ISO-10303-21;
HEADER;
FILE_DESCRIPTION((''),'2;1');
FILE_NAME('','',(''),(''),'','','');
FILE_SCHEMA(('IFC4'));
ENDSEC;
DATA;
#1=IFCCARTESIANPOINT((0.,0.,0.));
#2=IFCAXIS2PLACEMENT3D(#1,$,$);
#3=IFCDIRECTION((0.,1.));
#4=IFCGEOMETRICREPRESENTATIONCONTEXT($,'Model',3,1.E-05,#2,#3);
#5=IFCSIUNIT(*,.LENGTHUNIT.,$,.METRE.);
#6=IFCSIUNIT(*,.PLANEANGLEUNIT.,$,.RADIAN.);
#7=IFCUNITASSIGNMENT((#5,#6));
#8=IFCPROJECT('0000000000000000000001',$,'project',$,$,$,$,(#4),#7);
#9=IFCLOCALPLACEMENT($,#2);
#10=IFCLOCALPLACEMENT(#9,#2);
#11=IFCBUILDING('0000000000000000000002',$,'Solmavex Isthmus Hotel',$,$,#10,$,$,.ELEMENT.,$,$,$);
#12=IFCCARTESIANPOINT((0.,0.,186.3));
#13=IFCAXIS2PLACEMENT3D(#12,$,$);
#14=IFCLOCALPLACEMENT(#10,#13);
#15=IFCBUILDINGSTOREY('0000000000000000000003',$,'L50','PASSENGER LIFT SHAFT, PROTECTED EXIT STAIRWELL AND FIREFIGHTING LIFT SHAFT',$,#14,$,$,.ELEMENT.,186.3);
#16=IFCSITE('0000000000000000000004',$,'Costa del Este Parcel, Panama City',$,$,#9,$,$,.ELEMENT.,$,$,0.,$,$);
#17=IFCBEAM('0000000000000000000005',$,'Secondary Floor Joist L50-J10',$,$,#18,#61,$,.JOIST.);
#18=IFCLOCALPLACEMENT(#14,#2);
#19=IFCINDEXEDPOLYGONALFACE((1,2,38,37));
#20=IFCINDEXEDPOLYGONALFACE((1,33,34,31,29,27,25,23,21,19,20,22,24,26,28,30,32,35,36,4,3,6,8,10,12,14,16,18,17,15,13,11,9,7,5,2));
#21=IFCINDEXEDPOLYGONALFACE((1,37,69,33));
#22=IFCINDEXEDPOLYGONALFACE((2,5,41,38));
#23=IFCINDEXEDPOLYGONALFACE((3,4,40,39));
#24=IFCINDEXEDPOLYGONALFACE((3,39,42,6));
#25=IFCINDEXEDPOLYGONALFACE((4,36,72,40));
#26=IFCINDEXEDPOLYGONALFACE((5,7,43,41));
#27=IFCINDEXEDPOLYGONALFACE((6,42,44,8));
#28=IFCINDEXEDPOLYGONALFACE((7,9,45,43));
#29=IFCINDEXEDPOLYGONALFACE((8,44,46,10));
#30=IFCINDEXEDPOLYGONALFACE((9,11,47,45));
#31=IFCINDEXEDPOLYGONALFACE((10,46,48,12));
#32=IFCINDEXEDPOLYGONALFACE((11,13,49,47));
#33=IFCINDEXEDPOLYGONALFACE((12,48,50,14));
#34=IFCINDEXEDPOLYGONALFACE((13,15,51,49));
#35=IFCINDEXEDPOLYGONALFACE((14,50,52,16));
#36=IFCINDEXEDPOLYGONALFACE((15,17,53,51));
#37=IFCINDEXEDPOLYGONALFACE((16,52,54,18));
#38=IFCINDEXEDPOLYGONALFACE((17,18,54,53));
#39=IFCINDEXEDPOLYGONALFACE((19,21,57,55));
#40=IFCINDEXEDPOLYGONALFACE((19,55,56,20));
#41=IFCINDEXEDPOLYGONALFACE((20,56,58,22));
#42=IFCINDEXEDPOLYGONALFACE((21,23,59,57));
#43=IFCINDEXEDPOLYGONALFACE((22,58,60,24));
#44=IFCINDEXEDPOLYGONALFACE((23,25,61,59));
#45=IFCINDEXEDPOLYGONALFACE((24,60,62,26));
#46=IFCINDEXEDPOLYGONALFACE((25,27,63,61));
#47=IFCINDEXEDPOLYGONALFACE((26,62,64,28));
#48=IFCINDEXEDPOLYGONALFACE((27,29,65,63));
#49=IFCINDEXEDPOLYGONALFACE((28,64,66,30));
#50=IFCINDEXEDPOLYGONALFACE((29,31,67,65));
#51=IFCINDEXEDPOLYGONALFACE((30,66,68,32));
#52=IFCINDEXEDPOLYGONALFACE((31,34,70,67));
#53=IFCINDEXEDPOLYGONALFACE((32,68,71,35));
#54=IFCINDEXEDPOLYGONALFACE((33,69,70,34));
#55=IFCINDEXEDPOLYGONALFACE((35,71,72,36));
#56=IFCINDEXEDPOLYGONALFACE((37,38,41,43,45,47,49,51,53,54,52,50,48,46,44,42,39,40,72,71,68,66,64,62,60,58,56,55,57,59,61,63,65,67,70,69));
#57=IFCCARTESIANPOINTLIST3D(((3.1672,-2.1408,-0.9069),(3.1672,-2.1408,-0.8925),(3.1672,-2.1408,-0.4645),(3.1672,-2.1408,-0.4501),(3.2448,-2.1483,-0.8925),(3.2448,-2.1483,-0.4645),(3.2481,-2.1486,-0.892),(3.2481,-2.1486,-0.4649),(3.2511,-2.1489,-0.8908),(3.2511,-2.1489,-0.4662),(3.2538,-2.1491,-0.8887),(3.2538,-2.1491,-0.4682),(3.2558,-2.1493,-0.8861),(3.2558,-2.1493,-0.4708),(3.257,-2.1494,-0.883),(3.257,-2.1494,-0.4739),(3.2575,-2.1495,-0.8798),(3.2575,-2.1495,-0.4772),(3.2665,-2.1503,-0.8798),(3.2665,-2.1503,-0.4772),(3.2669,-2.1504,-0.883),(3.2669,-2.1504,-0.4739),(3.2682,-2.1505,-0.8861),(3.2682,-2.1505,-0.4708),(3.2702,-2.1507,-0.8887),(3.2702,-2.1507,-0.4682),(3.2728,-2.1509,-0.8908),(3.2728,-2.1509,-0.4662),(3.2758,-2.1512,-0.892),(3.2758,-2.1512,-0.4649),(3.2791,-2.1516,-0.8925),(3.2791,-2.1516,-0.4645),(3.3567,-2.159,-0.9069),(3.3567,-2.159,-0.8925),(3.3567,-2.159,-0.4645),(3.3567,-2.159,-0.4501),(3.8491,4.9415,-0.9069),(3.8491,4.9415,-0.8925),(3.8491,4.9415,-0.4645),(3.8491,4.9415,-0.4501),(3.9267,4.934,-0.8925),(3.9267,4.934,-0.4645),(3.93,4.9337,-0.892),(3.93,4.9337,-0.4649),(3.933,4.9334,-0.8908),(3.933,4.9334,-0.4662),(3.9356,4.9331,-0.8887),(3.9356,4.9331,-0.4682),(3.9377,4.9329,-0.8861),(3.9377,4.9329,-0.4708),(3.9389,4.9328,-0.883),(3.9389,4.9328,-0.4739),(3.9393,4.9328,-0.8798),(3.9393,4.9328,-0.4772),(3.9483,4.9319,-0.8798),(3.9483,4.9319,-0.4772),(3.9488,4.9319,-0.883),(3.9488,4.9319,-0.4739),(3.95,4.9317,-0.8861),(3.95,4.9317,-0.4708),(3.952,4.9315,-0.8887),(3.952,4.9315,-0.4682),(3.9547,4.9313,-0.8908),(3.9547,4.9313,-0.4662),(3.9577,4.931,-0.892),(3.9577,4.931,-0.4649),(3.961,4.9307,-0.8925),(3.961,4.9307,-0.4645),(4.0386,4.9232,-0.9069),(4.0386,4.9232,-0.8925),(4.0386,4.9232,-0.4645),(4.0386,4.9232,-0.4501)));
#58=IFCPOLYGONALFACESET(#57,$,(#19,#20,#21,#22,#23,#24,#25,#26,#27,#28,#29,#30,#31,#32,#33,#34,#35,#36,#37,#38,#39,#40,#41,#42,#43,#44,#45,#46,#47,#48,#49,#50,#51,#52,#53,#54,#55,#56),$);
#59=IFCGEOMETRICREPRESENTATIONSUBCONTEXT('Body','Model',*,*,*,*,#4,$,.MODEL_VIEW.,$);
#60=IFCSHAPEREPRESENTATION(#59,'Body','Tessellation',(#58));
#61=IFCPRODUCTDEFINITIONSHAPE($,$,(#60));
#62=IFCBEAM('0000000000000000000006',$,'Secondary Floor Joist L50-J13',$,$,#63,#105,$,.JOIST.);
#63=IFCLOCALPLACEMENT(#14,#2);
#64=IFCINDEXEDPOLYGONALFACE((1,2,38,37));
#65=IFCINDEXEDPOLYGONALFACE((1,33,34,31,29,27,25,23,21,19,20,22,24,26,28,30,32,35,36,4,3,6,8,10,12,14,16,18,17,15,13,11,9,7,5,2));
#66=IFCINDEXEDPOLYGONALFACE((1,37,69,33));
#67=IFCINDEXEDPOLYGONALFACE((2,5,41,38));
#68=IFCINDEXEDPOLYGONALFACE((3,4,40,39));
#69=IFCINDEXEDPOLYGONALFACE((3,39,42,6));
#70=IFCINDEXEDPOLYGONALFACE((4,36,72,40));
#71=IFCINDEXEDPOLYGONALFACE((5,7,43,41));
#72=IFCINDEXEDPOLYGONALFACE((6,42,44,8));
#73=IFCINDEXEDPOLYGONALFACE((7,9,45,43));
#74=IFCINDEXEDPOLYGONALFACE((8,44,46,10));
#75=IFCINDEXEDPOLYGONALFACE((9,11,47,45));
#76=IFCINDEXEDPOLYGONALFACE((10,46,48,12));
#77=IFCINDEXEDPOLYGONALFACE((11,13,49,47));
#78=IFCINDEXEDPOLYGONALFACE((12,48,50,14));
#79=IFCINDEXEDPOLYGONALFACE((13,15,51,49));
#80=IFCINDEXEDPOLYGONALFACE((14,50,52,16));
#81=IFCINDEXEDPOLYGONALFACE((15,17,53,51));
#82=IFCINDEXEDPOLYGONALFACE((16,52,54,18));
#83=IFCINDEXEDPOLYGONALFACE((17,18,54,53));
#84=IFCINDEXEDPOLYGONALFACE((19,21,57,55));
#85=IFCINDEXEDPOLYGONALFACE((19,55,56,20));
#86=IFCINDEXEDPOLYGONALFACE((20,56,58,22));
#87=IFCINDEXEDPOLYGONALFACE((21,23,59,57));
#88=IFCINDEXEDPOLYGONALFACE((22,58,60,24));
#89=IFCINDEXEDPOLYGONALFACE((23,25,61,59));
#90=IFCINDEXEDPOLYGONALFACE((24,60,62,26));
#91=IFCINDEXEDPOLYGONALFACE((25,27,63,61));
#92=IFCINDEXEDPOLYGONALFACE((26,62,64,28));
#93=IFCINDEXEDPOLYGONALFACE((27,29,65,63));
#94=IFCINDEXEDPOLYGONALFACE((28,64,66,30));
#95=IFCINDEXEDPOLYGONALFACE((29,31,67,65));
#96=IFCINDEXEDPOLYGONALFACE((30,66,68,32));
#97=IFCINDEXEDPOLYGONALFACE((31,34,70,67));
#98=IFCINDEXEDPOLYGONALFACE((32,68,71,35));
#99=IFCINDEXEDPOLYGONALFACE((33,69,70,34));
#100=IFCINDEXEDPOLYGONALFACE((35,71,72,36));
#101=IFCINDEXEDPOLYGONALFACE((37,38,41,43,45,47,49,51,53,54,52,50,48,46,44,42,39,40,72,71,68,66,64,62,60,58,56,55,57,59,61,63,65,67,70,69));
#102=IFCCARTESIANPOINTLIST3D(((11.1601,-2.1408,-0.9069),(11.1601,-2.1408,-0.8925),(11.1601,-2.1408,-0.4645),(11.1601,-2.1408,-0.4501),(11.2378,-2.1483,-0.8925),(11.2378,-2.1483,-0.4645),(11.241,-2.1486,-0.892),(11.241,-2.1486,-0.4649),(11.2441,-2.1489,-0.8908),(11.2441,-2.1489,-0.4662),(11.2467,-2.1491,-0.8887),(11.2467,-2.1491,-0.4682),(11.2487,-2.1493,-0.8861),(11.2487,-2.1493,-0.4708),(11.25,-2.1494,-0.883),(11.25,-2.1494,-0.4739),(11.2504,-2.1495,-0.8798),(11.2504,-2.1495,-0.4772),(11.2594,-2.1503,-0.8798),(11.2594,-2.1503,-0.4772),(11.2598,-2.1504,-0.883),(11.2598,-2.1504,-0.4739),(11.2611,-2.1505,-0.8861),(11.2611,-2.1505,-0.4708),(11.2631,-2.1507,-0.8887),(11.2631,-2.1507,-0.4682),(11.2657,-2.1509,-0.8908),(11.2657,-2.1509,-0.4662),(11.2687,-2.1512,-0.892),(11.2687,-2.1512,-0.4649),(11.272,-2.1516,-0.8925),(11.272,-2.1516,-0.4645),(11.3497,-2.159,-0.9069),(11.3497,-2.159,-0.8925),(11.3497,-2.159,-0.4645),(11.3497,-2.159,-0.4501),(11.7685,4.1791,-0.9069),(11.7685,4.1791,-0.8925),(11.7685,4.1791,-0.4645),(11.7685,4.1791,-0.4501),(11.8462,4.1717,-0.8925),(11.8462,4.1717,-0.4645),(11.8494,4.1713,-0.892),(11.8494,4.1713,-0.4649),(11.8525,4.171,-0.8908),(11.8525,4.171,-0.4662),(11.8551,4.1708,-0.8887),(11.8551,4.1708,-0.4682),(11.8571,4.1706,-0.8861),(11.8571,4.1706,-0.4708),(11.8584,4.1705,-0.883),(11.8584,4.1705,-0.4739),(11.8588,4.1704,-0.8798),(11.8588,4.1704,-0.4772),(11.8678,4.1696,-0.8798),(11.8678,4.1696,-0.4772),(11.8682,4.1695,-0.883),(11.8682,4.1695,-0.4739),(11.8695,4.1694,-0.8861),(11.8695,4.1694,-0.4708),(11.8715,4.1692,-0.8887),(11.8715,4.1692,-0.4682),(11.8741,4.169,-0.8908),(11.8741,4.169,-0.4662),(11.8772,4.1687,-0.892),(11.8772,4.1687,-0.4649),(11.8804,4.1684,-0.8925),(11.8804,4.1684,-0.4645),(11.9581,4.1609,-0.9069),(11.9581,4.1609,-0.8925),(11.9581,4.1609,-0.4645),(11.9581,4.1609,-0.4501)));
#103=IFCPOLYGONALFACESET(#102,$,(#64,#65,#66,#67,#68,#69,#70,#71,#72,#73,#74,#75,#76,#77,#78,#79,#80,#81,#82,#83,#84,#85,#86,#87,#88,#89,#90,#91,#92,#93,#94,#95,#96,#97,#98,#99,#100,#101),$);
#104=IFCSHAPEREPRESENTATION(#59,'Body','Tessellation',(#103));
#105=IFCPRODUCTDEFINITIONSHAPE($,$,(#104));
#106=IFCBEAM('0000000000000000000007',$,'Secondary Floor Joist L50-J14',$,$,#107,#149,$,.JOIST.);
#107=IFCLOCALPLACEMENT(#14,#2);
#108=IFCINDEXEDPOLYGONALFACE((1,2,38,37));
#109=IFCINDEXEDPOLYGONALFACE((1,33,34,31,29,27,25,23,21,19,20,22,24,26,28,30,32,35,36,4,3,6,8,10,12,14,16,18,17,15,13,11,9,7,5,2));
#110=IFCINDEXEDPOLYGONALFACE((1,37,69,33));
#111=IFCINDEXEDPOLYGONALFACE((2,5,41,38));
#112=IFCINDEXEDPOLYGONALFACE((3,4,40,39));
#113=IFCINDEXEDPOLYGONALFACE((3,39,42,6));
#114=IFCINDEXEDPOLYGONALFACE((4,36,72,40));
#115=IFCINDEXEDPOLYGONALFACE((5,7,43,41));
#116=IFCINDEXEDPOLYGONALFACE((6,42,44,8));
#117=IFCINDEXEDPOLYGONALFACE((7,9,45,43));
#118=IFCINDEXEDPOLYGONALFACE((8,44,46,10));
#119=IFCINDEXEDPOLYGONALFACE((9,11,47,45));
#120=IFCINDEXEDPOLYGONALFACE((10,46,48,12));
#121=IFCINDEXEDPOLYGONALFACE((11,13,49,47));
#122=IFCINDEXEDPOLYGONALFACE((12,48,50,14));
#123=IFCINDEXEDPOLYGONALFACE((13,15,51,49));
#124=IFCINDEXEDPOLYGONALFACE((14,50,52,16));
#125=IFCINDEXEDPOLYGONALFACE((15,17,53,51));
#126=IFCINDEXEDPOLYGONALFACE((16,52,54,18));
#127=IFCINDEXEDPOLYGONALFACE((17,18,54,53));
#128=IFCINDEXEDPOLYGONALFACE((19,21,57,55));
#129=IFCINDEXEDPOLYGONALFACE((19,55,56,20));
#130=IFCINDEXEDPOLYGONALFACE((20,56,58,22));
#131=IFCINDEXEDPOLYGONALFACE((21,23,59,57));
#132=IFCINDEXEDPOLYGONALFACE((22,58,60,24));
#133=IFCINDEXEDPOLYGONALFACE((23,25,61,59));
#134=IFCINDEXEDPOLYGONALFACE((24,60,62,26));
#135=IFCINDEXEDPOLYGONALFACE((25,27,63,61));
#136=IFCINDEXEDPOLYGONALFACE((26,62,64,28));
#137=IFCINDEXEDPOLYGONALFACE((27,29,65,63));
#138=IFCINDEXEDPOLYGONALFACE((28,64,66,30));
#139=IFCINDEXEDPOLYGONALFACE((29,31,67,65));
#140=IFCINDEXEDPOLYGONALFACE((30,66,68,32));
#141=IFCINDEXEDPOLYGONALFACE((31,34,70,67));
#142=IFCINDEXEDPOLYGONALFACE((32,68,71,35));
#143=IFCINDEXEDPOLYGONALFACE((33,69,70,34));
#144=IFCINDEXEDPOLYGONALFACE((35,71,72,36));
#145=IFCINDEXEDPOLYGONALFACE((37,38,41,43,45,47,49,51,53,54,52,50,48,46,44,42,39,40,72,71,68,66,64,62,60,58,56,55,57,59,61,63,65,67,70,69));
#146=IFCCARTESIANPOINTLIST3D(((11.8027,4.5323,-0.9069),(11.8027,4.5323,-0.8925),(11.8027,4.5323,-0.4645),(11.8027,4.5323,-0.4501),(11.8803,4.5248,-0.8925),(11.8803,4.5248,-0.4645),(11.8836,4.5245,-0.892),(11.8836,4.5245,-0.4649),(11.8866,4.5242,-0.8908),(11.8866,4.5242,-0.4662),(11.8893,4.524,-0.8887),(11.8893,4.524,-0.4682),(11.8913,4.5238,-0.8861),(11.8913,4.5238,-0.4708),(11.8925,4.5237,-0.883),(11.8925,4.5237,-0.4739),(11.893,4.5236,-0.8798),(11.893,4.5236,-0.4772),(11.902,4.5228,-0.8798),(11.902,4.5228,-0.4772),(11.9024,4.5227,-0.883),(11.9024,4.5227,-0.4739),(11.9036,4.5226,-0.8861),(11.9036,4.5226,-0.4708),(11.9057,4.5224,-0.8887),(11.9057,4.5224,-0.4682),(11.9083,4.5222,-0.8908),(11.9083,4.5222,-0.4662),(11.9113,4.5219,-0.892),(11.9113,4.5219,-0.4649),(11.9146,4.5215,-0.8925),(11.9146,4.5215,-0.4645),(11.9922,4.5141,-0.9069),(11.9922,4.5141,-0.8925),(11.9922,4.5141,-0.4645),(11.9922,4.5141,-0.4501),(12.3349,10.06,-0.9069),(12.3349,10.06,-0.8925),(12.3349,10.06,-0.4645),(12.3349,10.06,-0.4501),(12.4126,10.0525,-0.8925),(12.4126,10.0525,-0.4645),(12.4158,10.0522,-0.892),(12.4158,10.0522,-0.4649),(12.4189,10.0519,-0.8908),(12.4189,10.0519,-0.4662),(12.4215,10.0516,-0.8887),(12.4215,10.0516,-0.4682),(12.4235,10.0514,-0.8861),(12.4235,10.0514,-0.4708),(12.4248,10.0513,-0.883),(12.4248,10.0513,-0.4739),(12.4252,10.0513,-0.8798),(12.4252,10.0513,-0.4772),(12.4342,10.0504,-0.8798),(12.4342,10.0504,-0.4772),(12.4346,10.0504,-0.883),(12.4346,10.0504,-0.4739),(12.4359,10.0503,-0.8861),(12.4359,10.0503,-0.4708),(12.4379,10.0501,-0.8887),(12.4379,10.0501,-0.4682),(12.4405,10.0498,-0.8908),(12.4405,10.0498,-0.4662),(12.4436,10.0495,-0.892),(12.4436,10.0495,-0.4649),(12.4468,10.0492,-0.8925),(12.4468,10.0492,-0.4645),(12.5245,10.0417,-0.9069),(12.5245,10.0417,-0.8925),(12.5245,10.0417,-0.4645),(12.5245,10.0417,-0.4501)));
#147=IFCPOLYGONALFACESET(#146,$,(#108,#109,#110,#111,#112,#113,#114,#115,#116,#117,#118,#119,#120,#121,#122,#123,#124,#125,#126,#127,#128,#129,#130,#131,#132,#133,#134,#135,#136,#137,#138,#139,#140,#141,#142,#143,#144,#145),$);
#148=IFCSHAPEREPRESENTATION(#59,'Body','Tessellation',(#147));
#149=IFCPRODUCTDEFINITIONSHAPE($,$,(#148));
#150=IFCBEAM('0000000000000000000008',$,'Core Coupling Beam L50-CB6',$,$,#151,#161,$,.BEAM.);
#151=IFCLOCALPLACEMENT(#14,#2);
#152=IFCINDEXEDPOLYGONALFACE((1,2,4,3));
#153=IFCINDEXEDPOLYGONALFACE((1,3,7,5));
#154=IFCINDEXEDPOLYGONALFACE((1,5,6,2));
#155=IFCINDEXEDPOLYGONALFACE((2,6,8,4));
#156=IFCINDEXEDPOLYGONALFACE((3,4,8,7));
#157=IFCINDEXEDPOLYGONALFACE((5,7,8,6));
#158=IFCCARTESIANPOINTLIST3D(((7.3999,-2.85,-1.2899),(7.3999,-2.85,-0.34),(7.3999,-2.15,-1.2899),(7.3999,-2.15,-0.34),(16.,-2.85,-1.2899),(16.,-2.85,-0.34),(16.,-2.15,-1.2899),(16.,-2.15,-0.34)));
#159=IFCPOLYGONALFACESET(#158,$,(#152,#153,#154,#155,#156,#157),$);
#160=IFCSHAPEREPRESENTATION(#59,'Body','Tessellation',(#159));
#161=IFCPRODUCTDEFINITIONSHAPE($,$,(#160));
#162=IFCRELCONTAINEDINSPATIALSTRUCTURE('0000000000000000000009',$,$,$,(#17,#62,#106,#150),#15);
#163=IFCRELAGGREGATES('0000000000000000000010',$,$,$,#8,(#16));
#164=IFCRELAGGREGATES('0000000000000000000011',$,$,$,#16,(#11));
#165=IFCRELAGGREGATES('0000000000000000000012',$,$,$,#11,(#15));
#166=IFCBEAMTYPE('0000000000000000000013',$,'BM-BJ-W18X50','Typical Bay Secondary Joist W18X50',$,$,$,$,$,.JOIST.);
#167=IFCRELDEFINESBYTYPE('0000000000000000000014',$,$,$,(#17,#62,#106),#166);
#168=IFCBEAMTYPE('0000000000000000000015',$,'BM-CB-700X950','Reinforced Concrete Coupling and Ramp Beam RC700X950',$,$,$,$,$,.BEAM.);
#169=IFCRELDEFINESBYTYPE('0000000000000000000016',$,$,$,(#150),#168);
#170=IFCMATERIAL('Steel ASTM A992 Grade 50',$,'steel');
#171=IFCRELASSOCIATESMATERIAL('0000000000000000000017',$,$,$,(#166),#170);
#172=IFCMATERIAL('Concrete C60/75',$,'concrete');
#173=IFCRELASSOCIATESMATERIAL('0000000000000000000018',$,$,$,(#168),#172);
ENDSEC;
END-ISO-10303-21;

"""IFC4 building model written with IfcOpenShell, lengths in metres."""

from ifc_helpers import new_model, si_unit, direction, frame, origin, origin_2d, place, context, subcontext, project, spatial, rectangle, i_section, extrude, material, material_profile, profile_set, type_object, element, save


model = new_model("IFC4")

# Units and contexts
model_context = context("Model", 3, precision=1e-05, world=origin(), true_north=direction((0.0, 1.0)))
body_context = subcontext(model_context, "Body", "Model", "MODEL_VIEW")
ifc_project = project(units=[si_unit("LENGTHUNIT", "METRE"), si_unit("PLANEANGLEUNIT", "RADIAN")], contexts=[model_context])

# Site, building, storey
site_placement = place(None, origin())
site = spatial("IfcSite", under=ifc_project, at=site_placement, Name="Costa del Este Parcel, Panama City", CompositionType="ELEMENT", RefElevation=0.0)
building_placement = place(site_placement, origin())
building = spatial("IfcBuilding", under=site, at=building_placement, Name="Solmavex Isthmus Hotel", CompositionType="ELEMENT")
storey_placement = place(building_placement, frame((0.0, 0.0, 186.3)))
storey = spatial("IfcBuildingStorey", under=building, at=storey_placement, Name="L50", Description="PASSENGER LIFT SHAFT, PROTECTED EXIT STAIRWELL AND FIREFIGHTING LIFT SHAFT", CompositionType="ELEMENT", Elevation=186.3)

# Shared definitions
ifc_material_1 = material(Name="Concrete C60/75", Category="concrete")

# Beams
ifc_material_2 = material(Name="Steel ASTM A992 Grade 50", Category="steel")
ifc_material_profile_1 = material_profile(ifc_material_2, i_section(OverallWidth=0.1904, OverallDepth=0.4568, WebThickness=0.009, FlangeThickness=0.0144, FilletRadius=0.0127, at=origin_2d()), Name="W18X50")
ifc_profile_set_1 = profile_set([ifc_material_profile_1], Name="Steel ASTM A992 Grade 50")
beam_type_1 = type_object("IfcBeamType", Name="BM-BJ-W18X50", Description="Typical Bay Secondary Joist W18X50", PredefinedType="JOIST", material=ifc_profile_set_1)
beam_1_placement = place(storey_placement, frame((3.262, -2.1499, -0.6785), z_axis=(0.095837, 0.995397, 0.0), x_axis=(-0.995397, 0.095837, 0.0)))
element("IfcBeam", 1, at=beam_1_placement, inside=storey, type_object=beam_type_1, Name="Secondary Floor Joist L50-J10", PredefinedType="JOIST", context=body_context, shape_type="SweptSolid", body=[
    extrude(i_section(OverallWidth=0.1904, OverallDepth=0.4568, WebThickness=0.009, FlangeThickness=0.0144, FilletRadius=0.0127, at=origin_2d()), origin(), (0.0, 0.0, 1.0), 7.115),
])
beam_2_placement = place(storey_placement, frame((11.2549, -2.1499, -0.6785), z_axis=(0.095825, 0.995398, 0.0), x_axis=(-0.995398, 0.095825, 0.0)))
element("IfcBeam", 2, at=beam_2_placement, inside=storey, type_object=beam_type_1, Name="Secondary Floor Joist L50-J13", PredefinedType="JOIST", context=body_context, shape_type="SweptSolid", body=[
    extrude(i_section(OverallWidth=0.1904, OverallDepth=0.4568, WebThickness=0.009, FlangeThickness=0.0144, FilletRadius=0.0127, at=origin_2d()), origin(), (0.0, 0.0, 1.0), 6.3491),
])
beam_3_placement = place(storey_placement, frame((11.8975, 4.5232, -0.6785), z_axis=(0.095842, 0.995397, 0.0), x_axis=(-0.995397, 0.095842, 0.0)))
element("IfcBeam", 3, at=beam_3_placement, inside=storey, type_object=beam_type_1, Name="Secondary Floor Joist L50-J14", PredefinedType="JOIST", context=body_context, shape_type="SweptSolid", body=[
    extrude(i_section(OverallWidth=0.1904, OverallDepth=0.4568, WebThickness=0.009, FlangeThickness=0.0144, FilletRadius=0.0127, at=origin_2d()), origin(), (0.0, 0.0, 1.0), 5.5532),
])
ifc_material_profile_2 = material_profile(ifc_material_1, rectangle(XDim=0.7, YDim=0.95, at=origin_2d()), Name="RC700X950")
ifc_profile_set_2 = profile_set([ifc_material_profile_2], Name="Concrete C60/75")
beam_type_2 = type_object("IfcBeamType", Name="BM-CB-700X950", Description="Reinforced Concrete Coupling and Ramp Beam RC700X950", PredefinedType="BEAM", material=ifc_profile_set_2)
beam_4_placement = place(storey_placement, frame((7.3999, -2.5, -0.8149), z_axis=(1.0, 0.0, 0.0), x_axis=(0.0, 1.0, 0.0)))
element("IfcBeam", 4, at=beam_4_placement, inside=storey, type_object=beam_type_2, Name="Core Coupling Beam L50-CB6", PredefinedType="BEAM", context=body_context, shape_type="SweptSolid", body=[
    extrude(rectangle(XDim=0.7, YDim=0.95, at=origin_2d()), origin(), (0.0, 0.0, 1.0), 8.6001),
])

save(model, "model.ifc")
